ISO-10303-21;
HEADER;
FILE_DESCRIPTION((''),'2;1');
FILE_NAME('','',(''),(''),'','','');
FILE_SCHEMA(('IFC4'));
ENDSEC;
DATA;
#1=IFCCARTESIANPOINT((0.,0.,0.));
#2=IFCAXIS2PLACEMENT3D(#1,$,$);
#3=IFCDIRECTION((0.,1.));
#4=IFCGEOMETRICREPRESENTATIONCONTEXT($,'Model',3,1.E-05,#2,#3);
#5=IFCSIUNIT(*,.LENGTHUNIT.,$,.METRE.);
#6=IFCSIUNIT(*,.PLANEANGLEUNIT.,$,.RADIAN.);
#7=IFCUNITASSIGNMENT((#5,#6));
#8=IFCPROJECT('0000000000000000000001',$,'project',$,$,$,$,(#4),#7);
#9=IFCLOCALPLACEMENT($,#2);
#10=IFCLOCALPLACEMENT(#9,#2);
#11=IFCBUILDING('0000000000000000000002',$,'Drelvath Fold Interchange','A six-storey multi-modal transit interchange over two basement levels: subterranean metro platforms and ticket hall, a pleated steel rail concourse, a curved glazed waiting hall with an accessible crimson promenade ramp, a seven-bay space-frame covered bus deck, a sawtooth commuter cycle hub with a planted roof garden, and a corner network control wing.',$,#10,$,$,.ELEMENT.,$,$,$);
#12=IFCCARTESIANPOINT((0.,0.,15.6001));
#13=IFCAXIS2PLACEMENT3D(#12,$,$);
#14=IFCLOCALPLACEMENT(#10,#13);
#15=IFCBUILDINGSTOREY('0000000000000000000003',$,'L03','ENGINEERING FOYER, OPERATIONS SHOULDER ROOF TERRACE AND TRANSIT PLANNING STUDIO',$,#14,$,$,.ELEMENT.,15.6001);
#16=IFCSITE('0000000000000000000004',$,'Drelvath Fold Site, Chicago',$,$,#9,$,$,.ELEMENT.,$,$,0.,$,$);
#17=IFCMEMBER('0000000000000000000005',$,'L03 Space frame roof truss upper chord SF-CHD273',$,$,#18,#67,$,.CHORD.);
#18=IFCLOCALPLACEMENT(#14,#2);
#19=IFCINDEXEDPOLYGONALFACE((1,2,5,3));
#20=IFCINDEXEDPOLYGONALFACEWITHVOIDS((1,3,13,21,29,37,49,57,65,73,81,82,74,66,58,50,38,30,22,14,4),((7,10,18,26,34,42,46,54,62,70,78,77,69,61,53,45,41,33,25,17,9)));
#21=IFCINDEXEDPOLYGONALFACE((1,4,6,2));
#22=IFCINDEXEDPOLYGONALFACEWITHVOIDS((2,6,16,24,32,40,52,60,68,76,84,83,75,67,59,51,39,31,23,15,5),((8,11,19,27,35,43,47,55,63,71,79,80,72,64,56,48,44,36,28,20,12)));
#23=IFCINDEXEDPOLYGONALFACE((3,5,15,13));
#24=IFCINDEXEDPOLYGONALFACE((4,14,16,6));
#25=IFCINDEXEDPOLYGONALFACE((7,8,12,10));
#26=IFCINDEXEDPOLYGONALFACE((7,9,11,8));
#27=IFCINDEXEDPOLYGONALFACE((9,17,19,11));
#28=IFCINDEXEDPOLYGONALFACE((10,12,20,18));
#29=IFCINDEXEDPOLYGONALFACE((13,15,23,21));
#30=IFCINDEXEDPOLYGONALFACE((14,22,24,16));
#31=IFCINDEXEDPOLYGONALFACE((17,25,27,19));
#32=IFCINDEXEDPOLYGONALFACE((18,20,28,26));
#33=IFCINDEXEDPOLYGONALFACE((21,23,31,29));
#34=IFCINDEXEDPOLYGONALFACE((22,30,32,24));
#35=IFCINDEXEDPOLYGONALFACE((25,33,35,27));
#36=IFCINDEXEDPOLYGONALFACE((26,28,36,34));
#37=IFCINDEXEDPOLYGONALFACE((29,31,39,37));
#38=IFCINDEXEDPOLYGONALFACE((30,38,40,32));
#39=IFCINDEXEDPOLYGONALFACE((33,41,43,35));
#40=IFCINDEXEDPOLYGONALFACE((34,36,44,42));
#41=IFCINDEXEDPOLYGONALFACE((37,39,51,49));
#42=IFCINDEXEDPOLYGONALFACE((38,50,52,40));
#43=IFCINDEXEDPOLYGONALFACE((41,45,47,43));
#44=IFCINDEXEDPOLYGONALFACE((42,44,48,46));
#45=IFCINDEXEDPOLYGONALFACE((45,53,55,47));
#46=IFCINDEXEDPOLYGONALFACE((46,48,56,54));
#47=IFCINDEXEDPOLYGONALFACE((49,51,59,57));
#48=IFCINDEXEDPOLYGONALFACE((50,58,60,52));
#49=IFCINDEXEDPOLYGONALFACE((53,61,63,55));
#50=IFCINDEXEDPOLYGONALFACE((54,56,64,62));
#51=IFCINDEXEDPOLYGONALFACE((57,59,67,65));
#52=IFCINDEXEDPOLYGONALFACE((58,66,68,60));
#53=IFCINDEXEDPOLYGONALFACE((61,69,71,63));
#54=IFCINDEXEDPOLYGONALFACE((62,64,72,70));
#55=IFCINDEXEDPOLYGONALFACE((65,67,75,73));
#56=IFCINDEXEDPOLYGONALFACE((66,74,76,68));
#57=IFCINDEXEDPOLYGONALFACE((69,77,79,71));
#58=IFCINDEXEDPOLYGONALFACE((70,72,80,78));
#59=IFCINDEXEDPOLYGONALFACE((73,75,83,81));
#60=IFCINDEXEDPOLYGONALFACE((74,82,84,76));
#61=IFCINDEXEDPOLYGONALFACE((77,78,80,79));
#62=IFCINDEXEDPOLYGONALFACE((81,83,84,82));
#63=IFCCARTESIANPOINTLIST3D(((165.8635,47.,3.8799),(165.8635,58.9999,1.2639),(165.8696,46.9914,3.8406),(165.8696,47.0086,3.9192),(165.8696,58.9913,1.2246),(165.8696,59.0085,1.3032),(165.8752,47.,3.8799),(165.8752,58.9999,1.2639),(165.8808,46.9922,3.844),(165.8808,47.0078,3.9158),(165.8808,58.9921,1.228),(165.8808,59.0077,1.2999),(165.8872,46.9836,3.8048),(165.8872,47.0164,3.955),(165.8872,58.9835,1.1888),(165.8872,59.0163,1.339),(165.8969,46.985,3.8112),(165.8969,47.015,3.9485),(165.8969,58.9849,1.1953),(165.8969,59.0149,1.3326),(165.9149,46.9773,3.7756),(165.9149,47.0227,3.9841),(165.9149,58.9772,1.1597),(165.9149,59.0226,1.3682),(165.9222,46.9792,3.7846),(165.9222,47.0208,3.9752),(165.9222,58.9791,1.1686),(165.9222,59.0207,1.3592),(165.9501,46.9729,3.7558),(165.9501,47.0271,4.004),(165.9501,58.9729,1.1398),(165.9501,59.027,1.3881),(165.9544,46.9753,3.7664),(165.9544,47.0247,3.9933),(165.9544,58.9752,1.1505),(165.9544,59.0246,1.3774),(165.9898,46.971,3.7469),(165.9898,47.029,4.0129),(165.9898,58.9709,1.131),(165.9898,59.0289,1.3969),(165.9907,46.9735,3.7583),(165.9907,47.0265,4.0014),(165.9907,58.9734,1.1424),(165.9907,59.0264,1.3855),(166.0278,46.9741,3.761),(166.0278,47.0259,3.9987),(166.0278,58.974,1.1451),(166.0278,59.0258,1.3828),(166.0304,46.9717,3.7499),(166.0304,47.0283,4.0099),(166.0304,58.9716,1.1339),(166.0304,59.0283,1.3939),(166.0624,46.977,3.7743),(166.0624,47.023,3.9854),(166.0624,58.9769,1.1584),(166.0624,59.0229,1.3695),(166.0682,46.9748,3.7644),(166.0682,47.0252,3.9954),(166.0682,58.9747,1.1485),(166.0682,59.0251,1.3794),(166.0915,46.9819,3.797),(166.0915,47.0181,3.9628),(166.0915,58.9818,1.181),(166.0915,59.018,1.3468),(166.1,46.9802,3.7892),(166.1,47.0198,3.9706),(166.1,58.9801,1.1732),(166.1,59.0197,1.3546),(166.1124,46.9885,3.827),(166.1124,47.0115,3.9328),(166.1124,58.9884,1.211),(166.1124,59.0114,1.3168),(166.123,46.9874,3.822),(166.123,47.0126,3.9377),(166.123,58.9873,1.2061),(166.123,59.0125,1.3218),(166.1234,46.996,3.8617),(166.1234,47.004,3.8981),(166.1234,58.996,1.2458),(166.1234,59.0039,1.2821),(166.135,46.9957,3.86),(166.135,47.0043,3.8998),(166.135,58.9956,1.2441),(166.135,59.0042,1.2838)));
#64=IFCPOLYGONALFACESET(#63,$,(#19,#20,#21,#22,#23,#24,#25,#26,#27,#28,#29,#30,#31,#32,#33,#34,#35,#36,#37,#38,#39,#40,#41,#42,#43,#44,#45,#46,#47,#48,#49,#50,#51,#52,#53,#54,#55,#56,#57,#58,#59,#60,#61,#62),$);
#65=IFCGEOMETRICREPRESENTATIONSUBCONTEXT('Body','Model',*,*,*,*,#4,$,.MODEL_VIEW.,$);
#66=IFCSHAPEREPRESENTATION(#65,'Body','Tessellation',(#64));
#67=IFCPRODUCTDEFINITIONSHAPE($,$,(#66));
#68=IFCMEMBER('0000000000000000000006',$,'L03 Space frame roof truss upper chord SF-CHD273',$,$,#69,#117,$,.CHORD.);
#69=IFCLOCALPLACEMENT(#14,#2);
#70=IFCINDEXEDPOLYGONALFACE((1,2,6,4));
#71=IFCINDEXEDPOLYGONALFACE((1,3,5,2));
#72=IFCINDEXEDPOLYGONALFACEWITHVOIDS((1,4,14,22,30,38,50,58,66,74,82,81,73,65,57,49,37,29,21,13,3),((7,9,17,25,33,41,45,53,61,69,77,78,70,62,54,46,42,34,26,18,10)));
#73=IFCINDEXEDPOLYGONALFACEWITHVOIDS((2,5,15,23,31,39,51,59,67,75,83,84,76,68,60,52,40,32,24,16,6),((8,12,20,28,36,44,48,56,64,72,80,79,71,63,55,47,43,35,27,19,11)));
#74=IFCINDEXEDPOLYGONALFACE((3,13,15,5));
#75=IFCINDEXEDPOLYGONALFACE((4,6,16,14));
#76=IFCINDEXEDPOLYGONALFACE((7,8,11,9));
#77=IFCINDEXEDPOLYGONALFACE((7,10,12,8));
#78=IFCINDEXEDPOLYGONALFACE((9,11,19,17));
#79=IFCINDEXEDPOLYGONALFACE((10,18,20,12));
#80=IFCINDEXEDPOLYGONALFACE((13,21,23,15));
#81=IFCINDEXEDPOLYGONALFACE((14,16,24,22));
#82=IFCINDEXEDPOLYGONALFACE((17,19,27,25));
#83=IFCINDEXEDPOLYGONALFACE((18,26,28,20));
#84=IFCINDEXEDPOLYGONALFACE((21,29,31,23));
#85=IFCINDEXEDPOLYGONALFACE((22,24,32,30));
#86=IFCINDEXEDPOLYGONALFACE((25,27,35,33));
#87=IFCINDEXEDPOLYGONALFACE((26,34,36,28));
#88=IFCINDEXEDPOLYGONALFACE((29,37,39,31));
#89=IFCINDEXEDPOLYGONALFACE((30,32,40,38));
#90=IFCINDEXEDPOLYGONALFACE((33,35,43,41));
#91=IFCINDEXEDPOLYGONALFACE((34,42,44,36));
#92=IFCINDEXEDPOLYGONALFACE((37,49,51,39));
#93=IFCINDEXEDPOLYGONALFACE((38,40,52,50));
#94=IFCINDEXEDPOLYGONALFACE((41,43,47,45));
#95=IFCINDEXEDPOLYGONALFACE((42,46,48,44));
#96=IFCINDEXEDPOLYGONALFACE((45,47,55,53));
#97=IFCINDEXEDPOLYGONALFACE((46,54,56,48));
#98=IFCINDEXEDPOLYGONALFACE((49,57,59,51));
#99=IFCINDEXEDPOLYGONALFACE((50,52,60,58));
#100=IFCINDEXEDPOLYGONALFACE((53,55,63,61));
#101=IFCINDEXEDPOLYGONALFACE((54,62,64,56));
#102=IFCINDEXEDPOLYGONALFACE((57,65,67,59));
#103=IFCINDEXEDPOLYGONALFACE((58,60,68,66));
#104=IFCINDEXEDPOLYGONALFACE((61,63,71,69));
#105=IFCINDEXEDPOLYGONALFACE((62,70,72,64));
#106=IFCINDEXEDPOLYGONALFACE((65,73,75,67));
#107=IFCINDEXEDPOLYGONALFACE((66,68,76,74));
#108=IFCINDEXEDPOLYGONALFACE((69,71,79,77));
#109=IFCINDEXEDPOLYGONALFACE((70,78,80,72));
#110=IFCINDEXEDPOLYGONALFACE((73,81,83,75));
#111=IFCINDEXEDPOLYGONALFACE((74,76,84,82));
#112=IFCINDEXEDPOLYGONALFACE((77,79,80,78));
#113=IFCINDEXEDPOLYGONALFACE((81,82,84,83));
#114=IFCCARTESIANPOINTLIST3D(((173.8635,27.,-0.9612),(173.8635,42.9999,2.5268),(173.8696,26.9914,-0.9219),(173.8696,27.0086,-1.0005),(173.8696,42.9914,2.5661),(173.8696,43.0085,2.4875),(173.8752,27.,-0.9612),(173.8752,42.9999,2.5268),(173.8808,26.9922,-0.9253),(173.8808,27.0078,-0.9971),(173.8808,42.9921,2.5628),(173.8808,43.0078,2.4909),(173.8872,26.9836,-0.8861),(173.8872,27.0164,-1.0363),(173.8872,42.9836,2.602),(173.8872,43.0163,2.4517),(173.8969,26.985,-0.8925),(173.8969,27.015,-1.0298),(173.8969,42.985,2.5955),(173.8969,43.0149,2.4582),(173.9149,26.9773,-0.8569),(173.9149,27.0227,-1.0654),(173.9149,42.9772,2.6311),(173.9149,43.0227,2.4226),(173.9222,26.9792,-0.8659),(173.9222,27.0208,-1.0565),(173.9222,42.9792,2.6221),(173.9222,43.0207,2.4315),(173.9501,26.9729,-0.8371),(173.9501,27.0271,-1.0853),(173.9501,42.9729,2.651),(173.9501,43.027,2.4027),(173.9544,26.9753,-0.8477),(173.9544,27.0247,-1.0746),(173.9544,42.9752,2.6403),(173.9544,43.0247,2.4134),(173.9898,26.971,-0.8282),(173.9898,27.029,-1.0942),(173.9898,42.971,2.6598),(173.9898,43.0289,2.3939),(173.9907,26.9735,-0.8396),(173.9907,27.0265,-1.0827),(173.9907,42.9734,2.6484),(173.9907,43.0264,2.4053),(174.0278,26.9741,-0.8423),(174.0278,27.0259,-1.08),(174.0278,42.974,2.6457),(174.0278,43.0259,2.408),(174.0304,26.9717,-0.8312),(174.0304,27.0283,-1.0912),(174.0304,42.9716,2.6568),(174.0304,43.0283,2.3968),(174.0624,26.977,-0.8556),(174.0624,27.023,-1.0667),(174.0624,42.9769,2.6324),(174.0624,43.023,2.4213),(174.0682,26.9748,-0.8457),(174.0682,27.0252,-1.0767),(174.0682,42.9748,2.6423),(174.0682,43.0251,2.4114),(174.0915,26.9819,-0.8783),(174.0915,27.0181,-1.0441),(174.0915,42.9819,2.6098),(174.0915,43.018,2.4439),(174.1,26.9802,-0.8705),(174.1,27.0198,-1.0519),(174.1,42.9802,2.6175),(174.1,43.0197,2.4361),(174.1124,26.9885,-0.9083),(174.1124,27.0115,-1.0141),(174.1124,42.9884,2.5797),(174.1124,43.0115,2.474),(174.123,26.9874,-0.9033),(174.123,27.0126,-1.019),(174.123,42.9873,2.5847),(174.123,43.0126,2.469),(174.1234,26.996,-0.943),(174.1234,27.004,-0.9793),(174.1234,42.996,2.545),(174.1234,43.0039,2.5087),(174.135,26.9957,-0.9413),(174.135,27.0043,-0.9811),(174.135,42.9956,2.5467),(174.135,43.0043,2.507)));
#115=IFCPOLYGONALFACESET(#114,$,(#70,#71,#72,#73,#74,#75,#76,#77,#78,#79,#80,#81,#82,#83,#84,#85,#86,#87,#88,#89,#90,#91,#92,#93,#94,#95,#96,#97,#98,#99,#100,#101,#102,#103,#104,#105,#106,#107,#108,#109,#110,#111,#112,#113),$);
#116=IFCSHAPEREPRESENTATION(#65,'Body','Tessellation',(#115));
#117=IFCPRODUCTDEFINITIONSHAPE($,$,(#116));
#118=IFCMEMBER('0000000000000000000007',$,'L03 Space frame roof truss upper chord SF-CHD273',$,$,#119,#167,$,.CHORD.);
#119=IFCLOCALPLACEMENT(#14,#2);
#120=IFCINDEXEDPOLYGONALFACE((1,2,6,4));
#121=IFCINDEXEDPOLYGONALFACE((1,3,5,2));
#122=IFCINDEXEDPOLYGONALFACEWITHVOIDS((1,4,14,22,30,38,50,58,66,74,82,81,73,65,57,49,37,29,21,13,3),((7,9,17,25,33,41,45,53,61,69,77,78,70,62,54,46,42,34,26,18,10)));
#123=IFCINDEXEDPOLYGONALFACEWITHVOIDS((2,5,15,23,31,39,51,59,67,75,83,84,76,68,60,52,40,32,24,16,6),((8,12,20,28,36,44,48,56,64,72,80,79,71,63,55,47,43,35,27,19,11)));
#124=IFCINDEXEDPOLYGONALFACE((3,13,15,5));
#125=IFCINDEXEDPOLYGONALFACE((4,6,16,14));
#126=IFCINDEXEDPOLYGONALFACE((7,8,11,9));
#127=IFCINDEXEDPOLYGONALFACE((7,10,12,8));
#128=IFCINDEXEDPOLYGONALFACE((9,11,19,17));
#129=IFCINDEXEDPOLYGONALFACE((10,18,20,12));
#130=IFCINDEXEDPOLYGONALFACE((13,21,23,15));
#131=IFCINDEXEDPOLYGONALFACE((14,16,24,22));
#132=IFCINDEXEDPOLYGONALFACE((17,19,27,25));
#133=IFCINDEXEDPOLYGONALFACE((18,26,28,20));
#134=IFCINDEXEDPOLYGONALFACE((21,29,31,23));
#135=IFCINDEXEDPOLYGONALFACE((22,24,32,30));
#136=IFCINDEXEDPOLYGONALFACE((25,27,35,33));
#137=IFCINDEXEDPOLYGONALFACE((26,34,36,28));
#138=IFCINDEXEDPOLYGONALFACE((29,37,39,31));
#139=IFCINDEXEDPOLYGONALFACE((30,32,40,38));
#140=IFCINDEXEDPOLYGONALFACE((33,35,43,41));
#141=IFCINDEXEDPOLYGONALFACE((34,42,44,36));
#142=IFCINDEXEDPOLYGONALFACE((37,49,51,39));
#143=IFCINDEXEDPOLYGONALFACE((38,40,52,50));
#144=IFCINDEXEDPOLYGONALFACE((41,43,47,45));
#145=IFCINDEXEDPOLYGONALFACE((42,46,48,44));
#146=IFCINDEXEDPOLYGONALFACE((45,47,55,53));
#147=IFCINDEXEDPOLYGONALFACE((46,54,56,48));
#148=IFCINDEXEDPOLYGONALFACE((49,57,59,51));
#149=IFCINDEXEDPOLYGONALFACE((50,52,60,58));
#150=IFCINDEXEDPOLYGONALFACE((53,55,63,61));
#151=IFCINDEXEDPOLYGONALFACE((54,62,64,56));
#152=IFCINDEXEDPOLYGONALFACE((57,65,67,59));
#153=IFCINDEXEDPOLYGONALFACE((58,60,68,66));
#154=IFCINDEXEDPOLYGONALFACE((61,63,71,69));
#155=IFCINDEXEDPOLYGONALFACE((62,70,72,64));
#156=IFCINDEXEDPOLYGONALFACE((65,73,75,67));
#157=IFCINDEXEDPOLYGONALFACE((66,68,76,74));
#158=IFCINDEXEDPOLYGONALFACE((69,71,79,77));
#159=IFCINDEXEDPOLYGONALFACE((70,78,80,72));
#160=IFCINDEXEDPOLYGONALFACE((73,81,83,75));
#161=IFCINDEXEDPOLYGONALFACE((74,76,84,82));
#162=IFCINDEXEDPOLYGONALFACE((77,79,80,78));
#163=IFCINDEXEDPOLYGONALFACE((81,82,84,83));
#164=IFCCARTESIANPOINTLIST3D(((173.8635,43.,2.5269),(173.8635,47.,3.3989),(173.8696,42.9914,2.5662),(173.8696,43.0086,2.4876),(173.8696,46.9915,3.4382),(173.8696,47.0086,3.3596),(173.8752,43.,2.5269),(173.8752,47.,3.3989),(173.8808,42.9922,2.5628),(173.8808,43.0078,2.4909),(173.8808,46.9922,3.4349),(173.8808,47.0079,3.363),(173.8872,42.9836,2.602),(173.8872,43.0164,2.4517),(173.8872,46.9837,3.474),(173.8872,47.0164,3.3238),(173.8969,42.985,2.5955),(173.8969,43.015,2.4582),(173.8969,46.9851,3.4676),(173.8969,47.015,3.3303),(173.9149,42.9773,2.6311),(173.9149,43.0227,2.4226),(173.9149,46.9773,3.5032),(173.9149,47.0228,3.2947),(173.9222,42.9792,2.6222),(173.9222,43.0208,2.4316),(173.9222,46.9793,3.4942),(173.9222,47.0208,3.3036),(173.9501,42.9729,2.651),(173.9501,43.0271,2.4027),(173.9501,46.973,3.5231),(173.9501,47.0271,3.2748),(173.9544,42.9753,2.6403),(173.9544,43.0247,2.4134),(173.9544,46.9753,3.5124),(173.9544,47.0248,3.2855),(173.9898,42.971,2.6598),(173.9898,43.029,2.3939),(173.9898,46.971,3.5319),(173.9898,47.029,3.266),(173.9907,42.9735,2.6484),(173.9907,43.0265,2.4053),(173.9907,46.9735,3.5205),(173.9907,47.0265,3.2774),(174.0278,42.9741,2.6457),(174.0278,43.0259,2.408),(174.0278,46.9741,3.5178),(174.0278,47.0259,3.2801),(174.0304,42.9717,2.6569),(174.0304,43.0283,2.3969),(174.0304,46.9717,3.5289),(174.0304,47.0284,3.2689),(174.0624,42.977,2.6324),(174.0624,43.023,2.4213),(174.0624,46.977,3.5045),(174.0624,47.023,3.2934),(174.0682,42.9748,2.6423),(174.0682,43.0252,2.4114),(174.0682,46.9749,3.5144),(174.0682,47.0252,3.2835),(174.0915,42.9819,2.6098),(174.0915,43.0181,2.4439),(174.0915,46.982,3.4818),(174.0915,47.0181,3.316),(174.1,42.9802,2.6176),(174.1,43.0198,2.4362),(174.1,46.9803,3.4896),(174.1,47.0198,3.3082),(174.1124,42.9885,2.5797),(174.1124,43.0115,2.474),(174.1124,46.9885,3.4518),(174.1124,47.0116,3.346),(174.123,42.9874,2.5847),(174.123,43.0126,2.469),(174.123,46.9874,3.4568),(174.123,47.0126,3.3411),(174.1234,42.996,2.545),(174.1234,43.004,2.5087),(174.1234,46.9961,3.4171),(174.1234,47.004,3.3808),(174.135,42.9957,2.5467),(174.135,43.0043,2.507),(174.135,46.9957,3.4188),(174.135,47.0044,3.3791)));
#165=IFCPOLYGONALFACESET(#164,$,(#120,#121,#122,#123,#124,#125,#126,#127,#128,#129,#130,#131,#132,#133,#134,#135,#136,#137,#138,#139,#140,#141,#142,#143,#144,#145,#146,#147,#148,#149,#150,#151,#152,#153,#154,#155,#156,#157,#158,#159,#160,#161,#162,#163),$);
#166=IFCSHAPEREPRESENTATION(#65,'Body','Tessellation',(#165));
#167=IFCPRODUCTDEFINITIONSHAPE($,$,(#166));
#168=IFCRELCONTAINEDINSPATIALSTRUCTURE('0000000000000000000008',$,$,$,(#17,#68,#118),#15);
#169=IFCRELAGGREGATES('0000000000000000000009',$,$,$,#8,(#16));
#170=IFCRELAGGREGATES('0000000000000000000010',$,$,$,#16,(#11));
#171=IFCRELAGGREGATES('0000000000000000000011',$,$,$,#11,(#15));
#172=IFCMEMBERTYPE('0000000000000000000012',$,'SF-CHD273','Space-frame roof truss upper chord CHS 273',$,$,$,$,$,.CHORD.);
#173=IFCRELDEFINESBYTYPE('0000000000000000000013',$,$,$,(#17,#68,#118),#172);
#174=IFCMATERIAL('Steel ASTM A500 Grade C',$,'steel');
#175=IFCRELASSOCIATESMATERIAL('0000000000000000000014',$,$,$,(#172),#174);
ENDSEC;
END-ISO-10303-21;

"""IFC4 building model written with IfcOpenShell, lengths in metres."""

from ifc_helpers import new_model, si_unit, direction, frame, origin, origin_2d, place, context, subcontext, project, spatial, hollow_circle, extrude, material, material_profile, profile_set, type_object, element, save


model = new_model("IFC4")

# Units and contexts
model_context = context("Model", 3, precision=1e-05, world=origin(), true_north=direction((0.0, 1.0)))
body_context = subcontext(model_context, "Body", "Model", "MODEL_VIEW")
ifc_project = project(units=[si_unit("LENGTHUNIT", "METRE"), si_unit("PLANEANGLEUNIT", "RADIAN")], contexts=[model_context])

# Site, building, storey
site_placement = place(None, origin())
site = spatial("IfcSite", under=ifc_project, at=site_placement, Name="Drelvath Fold Site, Chicago", CompositionType="ELEMENT", RefElevation=0.0)
building_placement = place(site_placement, origin())
building = spatial("IfcBuilding", under=site, at=building_placement, Name="Drelvath Fold Interchange", Description="A six-storey multi-modal transit interchange over two basement levels: subterranean metro platforms and ticket hall, a pleated steel rail concourse, a curved glazed waiting hall with an accessible crimson promenade ramp, a seven-bay space-frame covered bus deck, a sawtooth commuter cycle hub with a planted roof garden, and a corner network control wing.", CompositionType="ELEMENT")
storey_placement = place(building_placement, frame((0.0, 0.0, 15.6001)))
storey = spatial("IfcBuildingStorey", under=building, at=storey_placement, Name="L03", Description="ENGINEERING FOYER, OPERATIONS SHOULDER ROOF TERRACE AND TRANSIT PLANNING STUDIO", CompositionType="ELEMENT", Elevation=15.6001)

# Members
ifc_material_1 = material(Name="Steel ASTM A500 Grade C", Category="steel")
ifc_material_profile_1 = material_profile(ifc_material_1, hollow_circle(Radius=0.1365, WallThickness=0.0117, at=origin_2d()), Name="HSS10.750X0.500")
ifc_profile_set_1 = profile_set([ifc_material_profile_1], Name="Steel ASTM A500 Grade C")
member_type_1 = type_object("IfcMemberType", Name="SF-CHD273", Description="Space-frame roof truss upper chord CHS 273", PredefinedType="CHORD", material=ifc_profile_set_1)
member_1_placement = place(storey_placement, frame((166.0, 47.0, 3.8799), z_axis=(0.0, 0.977053, -0.212995), x_axis=(-1.0, 0.0, 0.0)))
element("IfcMember", 1, at=member_1_placement, inside=storey, type_object=member_type_1, Name="L03 Space frame roof truss upper chord SF-CHD273", PredefinedType="CHORD", context=body_context, shape_type="SweptSolid", body=[
    extrude(hollow_circle(Radius=0.1365, WallThickness=0.0117, at=origin_2d()), origin(), (0.0, 0.0, 1.0), 12.2817),
])
member_2_placement = place(storey_placement, frame((174.0, 27.0, -0.9612), z_axis=(0.0, 0.977052, 0.213), x_axis=(-1.0, 0.0, 0.0)))
element("IfcMember", 2, at=member_2_placement, inside=storey, type_object=member_type_1, Name="L03 Space frame roof truss upper chord SF-CHD273", PredefinedType="CHORD", context=body_context, shape_type="SweptSolid", body=[
    extrude(hollow_circle(Radius=0.1365, WallThickness=0.0117, at=origin_2d()), origin(), (0.0, 0.0, 1.0), 16.3757),
])
member_3_placement = place(storey_placement, frame((174.0, 43.0, 2.5269), z_axis=(0.0, 0.977049, 0.213014), x_axis=(-1.0, 0.0, 0.0)))
element("IfcMember", 3, at=member_3_placement, inside=storey, type_object=member_type_1, Name="L03 Space frame roof truss upper chord SF-CHD273", PredefinedType="CHORD", context=body_context, shape_type="SweptSolid", body=[
    extrude(hollow_circle(Radius=0.1365, WallThickness=0.0117, at=origin_2d()), origin(), (0.0, 0.0, 1.0), 4.094),
])

save(model, "model.ifc")
